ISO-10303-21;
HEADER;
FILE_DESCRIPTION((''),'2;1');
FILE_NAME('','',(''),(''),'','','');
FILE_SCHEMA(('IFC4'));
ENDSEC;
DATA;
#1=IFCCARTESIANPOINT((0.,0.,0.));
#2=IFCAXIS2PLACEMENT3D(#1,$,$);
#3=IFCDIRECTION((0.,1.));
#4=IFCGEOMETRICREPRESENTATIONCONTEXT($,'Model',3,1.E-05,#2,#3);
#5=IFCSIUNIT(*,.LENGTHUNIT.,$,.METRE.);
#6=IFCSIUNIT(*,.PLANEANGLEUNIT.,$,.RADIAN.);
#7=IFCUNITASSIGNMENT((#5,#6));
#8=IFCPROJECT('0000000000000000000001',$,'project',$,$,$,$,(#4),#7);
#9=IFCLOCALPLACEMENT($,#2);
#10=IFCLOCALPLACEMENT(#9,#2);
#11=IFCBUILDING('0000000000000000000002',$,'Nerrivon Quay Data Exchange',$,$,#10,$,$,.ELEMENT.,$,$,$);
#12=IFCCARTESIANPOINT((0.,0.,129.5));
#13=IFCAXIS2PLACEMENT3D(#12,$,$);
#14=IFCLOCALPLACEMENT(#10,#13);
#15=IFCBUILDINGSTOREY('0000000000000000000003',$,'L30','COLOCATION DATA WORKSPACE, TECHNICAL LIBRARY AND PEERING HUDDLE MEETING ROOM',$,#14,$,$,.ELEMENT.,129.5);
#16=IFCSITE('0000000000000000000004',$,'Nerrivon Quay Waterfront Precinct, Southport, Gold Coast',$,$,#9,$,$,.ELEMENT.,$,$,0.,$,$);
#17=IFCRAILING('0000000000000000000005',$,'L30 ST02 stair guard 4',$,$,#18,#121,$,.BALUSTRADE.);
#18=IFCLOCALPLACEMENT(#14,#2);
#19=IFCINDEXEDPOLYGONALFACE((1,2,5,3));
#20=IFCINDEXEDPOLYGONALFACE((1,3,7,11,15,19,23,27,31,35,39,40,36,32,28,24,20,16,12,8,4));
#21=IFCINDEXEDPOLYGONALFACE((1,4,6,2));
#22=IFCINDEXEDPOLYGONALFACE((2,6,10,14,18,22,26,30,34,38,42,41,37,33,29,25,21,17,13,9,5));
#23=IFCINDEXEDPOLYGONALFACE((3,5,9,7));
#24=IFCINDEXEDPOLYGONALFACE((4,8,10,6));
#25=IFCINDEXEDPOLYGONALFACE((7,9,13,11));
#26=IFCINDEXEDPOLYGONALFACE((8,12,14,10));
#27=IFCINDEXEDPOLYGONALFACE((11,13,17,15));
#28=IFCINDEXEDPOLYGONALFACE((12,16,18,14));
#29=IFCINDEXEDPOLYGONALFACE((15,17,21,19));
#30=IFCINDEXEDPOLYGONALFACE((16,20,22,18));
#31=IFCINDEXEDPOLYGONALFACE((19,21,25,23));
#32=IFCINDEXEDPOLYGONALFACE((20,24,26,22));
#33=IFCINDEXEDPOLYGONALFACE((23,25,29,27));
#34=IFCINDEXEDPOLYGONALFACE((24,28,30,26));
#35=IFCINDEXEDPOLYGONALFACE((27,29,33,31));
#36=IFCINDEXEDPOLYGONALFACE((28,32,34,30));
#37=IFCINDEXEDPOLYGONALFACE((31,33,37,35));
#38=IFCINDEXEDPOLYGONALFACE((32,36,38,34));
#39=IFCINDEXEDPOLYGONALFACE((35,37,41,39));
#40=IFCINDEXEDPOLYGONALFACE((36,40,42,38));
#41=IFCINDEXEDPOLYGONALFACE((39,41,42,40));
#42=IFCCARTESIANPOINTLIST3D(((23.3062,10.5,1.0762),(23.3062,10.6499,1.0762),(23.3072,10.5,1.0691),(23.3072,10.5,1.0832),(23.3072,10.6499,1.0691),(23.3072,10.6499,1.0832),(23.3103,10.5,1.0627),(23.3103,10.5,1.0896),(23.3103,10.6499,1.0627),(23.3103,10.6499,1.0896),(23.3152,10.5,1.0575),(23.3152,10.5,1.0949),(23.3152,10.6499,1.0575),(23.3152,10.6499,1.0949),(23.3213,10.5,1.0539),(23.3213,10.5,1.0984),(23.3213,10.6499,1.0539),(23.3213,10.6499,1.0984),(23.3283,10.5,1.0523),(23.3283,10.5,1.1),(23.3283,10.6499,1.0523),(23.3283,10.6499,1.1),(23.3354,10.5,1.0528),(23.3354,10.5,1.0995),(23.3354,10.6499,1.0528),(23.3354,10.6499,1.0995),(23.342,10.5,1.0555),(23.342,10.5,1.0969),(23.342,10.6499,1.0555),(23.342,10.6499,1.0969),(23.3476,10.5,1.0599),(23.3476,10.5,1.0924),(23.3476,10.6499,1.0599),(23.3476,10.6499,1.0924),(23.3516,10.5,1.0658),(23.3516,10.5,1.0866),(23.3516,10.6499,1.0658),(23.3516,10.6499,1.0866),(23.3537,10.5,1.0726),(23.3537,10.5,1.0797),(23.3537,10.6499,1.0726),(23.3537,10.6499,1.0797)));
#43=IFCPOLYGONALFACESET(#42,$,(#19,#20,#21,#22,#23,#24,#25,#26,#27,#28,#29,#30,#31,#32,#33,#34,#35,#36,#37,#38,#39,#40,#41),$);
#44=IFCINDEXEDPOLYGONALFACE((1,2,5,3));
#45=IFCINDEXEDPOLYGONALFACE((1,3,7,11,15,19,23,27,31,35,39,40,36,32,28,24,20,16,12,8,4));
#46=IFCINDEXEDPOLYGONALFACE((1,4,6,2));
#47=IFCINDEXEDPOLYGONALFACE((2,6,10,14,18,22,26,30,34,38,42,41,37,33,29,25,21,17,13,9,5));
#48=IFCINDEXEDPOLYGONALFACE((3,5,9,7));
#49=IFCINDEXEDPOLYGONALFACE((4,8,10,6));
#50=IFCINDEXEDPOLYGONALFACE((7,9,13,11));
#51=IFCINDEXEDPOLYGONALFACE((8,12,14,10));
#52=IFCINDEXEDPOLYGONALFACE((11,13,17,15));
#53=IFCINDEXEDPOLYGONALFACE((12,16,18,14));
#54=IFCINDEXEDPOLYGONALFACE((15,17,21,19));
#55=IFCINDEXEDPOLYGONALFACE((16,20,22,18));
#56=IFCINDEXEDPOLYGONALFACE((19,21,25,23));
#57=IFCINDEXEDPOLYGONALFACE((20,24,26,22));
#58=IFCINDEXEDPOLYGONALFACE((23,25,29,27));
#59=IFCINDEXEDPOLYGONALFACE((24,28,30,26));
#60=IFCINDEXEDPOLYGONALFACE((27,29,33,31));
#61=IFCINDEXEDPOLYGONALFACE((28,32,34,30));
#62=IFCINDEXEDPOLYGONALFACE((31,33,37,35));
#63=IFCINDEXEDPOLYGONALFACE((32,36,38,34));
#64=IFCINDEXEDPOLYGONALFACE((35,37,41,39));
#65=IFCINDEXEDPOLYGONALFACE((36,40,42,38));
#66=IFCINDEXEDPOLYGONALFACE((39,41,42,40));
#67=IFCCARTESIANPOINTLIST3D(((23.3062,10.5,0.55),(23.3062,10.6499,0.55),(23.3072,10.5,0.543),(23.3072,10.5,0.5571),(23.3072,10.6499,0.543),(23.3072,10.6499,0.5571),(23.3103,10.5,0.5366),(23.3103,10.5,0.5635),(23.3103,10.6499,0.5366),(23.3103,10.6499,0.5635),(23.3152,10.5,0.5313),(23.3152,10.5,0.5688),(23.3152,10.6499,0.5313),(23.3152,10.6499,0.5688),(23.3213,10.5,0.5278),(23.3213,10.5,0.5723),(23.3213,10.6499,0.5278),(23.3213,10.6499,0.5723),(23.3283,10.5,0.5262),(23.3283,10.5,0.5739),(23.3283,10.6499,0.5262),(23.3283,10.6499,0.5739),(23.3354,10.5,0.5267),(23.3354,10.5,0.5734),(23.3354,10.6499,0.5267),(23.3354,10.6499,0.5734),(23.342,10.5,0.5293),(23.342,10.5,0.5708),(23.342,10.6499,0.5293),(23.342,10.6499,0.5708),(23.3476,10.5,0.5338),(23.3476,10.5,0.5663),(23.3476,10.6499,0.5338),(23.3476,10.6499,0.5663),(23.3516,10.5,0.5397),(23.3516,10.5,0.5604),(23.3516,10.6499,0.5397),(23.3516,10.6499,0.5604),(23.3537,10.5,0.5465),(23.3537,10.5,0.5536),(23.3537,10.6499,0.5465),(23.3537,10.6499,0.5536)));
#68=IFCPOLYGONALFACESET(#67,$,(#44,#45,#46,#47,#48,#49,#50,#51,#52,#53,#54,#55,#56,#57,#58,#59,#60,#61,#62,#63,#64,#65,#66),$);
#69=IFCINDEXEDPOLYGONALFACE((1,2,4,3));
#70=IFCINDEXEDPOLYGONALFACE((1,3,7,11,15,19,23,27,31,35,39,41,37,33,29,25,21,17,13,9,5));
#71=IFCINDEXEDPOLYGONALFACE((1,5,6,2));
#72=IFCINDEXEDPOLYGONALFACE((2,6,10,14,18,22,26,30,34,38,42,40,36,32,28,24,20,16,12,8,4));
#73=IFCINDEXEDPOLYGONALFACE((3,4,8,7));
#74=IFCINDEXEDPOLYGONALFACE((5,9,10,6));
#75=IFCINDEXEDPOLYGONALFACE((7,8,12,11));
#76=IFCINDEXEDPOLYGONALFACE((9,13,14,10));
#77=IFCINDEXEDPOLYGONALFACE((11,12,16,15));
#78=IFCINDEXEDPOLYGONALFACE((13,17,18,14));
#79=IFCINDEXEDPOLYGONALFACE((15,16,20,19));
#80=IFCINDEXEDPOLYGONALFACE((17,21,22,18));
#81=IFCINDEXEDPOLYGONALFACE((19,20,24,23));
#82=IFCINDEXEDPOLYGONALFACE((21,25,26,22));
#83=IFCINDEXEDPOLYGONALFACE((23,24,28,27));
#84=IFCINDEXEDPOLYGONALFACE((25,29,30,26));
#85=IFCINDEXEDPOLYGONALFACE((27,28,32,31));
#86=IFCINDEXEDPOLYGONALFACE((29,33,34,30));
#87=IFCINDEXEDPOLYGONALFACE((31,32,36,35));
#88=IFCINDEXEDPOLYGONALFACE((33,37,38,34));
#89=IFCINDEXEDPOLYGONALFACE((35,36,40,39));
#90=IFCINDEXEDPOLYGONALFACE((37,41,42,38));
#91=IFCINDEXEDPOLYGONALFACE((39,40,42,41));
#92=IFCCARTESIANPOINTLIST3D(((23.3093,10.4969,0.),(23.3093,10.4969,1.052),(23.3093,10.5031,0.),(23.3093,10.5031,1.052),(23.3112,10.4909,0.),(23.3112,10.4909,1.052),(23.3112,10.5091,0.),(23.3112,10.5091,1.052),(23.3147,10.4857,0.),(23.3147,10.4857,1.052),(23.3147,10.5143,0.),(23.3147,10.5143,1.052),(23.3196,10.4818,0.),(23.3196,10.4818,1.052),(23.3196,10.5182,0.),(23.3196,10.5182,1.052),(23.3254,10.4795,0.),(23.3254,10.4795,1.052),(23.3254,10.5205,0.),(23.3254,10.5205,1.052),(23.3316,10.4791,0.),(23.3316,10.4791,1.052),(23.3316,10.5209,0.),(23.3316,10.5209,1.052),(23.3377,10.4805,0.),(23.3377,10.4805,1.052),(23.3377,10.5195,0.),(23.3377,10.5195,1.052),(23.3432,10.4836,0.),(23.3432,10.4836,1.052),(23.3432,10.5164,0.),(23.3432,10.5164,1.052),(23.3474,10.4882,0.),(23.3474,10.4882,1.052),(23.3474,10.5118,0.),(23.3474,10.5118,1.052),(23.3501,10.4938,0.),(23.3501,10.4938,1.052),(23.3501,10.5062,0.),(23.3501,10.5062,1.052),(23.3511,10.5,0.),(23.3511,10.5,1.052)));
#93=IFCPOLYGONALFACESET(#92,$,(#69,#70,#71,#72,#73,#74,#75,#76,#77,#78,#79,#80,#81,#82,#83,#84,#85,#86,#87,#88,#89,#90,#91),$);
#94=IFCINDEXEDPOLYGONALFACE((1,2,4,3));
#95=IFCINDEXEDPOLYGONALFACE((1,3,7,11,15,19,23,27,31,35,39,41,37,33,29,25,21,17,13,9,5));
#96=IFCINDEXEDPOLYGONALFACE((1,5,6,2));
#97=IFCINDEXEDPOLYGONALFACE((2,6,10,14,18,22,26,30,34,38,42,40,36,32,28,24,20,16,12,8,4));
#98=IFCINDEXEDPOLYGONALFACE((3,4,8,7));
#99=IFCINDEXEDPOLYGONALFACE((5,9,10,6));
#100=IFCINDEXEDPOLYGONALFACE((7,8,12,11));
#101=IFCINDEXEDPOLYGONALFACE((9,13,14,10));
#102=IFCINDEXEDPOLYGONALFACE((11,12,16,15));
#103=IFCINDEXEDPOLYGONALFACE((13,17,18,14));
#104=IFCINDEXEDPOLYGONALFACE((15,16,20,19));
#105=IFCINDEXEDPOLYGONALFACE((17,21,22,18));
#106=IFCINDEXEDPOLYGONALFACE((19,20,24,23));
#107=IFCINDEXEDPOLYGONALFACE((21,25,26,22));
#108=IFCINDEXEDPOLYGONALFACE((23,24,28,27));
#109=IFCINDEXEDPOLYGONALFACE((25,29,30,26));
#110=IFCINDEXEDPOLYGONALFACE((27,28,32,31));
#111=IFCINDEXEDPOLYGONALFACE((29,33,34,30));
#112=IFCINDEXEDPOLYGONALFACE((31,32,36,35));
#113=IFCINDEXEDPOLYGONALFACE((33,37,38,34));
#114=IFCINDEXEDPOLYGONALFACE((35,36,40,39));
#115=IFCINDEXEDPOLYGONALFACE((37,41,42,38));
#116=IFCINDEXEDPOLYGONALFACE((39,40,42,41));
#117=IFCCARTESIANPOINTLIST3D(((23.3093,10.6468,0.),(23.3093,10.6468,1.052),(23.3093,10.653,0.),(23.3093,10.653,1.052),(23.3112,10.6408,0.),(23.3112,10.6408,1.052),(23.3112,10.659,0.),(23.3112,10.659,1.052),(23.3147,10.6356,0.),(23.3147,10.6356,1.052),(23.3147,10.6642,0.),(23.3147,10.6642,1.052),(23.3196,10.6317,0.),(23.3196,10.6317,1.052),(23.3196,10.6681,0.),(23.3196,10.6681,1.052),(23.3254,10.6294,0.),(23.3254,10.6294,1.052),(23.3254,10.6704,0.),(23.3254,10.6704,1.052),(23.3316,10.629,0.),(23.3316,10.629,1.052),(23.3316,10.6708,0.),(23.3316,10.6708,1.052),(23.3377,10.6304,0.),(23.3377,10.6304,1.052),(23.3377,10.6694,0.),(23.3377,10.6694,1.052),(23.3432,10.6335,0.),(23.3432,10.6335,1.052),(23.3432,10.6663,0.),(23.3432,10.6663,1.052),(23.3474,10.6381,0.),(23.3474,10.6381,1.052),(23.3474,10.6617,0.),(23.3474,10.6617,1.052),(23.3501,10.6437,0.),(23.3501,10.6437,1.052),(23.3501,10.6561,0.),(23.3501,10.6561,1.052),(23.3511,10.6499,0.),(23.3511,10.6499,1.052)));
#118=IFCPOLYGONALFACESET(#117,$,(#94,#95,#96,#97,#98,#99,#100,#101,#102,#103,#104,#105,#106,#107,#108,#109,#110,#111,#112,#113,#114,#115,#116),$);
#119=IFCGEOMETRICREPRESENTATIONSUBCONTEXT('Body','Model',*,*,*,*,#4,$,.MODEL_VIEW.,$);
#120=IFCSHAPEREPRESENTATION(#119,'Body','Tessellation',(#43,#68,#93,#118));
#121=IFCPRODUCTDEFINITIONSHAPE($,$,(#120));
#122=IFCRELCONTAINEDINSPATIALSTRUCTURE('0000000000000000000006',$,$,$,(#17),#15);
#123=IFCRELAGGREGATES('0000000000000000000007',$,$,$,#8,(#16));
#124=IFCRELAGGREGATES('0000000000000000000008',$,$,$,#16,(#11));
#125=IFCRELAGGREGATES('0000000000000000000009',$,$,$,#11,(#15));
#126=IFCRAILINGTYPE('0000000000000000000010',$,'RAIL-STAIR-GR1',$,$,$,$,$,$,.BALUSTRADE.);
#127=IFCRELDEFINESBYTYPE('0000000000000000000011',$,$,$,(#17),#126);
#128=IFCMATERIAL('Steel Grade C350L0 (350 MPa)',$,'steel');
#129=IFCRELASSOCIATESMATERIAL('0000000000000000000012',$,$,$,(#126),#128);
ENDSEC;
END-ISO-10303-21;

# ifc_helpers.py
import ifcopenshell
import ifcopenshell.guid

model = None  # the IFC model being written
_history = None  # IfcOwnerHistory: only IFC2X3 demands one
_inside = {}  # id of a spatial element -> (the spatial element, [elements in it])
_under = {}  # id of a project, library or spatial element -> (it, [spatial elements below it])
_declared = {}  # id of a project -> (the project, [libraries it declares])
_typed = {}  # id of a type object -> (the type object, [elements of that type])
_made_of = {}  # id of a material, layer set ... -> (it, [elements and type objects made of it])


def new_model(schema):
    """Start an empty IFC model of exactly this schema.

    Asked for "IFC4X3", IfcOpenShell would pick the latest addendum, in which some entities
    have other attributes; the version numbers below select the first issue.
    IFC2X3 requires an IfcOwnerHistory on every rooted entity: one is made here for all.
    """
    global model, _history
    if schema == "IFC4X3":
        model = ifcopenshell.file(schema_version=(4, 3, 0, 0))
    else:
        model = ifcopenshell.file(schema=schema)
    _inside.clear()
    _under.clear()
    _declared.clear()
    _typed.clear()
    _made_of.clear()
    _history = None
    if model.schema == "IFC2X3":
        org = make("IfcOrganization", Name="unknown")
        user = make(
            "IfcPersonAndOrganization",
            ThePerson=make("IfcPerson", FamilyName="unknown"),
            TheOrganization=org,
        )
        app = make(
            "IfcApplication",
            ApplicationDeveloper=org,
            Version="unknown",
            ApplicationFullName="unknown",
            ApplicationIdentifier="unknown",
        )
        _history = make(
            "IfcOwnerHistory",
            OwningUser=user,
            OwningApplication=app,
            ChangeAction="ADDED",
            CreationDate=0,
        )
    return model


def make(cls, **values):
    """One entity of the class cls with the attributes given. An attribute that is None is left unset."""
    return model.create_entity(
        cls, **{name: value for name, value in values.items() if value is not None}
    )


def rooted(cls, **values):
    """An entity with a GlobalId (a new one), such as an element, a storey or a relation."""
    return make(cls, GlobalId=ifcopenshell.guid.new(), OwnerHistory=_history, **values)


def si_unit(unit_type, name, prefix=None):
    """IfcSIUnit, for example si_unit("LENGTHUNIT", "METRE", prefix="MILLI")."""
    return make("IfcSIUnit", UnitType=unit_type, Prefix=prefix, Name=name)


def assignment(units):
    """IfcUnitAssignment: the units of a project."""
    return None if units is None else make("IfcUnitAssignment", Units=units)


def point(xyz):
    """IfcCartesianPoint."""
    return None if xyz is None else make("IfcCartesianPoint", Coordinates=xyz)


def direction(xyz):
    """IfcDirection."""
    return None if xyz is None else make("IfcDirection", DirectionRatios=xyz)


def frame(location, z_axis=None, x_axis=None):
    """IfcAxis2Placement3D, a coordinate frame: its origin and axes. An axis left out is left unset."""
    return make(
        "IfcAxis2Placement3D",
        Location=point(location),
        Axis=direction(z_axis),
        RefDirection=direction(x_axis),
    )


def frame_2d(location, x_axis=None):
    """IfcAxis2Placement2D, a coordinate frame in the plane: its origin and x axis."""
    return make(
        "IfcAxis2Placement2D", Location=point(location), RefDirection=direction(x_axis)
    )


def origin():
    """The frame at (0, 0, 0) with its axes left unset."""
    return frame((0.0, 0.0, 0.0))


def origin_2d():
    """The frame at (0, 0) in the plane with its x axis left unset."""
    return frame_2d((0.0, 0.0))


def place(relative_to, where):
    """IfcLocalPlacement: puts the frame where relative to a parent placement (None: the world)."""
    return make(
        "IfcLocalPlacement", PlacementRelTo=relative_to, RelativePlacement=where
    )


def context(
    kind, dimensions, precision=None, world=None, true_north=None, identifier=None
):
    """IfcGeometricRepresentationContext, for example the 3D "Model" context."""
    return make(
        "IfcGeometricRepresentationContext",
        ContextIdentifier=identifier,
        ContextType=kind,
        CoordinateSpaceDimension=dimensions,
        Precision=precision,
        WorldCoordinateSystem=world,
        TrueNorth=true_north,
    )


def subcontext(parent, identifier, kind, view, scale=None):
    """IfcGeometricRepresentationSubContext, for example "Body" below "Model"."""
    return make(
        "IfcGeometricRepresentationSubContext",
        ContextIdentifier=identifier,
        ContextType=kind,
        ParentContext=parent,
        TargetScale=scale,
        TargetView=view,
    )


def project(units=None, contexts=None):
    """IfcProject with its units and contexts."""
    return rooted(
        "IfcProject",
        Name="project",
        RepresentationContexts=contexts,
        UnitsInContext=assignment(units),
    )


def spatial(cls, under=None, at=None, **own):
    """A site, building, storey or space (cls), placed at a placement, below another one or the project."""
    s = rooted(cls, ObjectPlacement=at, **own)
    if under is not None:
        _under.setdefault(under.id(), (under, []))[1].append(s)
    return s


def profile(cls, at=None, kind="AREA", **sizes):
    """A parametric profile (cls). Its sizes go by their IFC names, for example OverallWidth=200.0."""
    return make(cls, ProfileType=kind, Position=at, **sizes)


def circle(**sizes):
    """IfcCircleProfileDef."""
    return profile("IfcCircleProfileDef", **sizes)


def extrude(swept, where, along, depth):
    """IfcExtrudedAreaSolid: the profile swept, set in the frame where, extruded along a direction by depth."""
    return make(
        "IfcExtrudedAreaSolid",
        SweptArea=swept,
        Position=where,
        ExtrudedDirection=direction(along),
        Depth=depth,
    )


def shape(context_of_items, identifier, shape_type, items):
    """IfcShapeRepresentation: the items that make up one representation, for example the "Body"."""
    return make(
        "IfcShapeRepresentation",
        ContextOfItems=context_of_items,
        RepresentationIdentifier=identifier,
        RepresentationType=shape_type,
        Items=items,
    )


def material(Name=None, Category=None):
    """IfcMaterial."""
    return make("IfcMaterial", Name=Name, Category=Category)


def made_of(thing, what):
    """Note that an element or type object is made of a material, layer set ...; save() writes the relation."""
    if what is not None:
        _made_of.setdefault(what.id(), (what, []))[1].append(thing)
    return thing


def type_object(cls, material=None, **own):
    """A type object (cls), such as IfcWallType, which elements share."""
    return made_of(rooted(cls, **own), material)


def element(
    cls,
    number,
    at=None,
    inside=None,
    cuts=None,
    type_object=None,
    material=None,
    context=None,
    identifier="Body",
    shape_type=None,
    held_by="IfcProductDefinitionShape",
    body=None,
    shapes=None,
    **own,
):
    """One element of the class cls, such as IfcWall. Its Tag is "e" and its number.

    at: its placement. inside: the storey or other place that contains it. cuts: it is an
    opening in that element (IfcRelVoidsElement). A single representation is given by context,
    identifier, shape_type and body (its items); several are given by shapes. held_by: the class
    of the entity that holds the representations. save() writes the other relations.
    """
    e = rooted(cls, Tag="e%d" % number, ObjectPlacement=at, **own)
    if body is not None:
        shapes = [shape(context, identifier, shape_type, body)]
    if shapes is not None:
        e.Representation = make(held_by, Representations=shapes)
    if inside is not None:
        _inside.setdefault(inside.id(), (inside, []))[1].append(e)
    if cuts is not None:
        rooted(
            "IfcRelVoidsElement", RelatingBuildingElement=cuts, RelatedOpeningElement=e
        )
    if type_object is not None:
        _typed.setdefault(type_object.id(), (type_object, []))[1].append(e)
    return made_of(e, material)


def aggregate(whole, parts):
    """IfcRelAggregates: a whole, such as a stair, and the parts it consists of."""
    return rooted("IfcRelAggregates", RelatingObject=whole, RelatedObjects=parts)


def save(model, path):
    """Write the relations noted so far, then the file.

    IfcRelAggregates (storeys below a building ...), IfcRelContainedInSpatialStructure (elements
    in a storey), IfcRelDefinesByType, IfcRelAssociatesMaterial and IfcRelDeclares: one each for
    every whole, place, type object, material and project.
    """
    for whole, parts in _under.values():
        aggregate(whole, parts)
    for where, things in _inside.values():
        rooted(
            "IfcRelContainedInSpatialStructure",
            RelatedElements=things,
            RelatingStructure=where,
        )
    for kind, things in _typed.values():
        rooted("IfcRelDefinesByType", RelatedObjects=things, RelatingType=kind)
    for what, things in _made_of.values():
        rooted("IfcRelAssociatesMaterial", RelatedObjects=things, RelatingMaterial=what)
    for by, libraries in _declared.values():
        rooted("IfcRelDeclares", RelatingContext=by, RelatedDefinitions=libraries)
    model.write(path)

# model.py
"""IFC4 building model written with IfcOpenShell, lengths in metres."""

from ifc_helpers import new_model, si_unit, direction, frame, origin, origin_2d, place, context, subcontext, project, spatial, circle, extrude, material, type_object, element, save


model = new_model("IFC4")

# Units and contexts
model_context = context("Model", 3, precision=1e-05, world=origin(), true_north=direction((0.0, 1.0)))
body_context = subcontext(model_context, "Body", "Model", "MODEL_VIEW")
ifc_project = project(units=[si_unit("LENGTHUNIT", "METRE"), si_unit("PLANEANGLEUNIT", "RADIAN")], contexts=[model_context])

# Site, building, storey
site_placement = place(None, origin())
site = spatial("IfcSite", under=ifc_project, at=site_placement, Name="Nerrivon Quay Waterfront Precinct, Southport, Gold Coast", CompositionType="ELEMENT", RefElevation=0.0)
building_placement = place(site_placement, origin())
building = spatial("IfcBuilding", under=site, at=building_placement, Name="Nerrivon Quay Data Exchange", CompositionType="ELEMENT")
storey_placement = place(building_placement, frame((0.0, 0.0, 129.5)))
storey = spatial("IfcBuildingStorey", under=building, at=storey_placement, Name="L30", Description="COLOCATION DATA WORKSPACE, TECHNICAL LIBRARY AND PEERING HUDDLE MEETING ROOM", CompositionType="ELEMENT", Elevation=129.5)

# Railing
ifc_material_1 = material(Name="Steel Grade C350L0 (350 MPa)", Category="steel")
railing_type_1 = type_object("IfcRailingType", Name="RAIL-STAIR-GR1", PredefinedType="BALUSTRADE", material=ifc_material_1)
railing_1_placement = place(storey_placement, frame((23.3301, 10.5, 0.0)))
element("IfcRailing", 1, at=railing_1_placement, inside=storey, type_object=railing_type_1, Name="L30 ST02 stair guard 4", PredefinedType="BALUSTRADE", context=body_context, shape_type="SweptSolid", body=[
    extrude(circle(Radius=0.0239, at=origin_2d()), frame((0.0, 0.0, 1.0762), z_axis=(0.0, 1.0, 0.0), x_axis=(-1.0, 0.0, 0.0)), (0.0, 0.0, 1.0), 0.1499),
    extrude(circle(Radius=0.0239, at=origin_2d()), frame((0.0, 0.0, 0.55), z_axis=(0.0, 1.0, 0.0), x_axis=(-1.0, 0.0, 0.0)), (0.0, 0.0, 1.0), 0.1499),
    extrude(circle(Radius=0.021, at=origin_2d()), origin(), (0.0, 0.0, 1.0), 1.052),
    extrude(circle(Radius=0.021, at=origin_2d()), frame((0.0, 0.1499, 0.0)), (0.0, 0.0, 1.0), 1.052),
])

save(model, "model.ifc")
